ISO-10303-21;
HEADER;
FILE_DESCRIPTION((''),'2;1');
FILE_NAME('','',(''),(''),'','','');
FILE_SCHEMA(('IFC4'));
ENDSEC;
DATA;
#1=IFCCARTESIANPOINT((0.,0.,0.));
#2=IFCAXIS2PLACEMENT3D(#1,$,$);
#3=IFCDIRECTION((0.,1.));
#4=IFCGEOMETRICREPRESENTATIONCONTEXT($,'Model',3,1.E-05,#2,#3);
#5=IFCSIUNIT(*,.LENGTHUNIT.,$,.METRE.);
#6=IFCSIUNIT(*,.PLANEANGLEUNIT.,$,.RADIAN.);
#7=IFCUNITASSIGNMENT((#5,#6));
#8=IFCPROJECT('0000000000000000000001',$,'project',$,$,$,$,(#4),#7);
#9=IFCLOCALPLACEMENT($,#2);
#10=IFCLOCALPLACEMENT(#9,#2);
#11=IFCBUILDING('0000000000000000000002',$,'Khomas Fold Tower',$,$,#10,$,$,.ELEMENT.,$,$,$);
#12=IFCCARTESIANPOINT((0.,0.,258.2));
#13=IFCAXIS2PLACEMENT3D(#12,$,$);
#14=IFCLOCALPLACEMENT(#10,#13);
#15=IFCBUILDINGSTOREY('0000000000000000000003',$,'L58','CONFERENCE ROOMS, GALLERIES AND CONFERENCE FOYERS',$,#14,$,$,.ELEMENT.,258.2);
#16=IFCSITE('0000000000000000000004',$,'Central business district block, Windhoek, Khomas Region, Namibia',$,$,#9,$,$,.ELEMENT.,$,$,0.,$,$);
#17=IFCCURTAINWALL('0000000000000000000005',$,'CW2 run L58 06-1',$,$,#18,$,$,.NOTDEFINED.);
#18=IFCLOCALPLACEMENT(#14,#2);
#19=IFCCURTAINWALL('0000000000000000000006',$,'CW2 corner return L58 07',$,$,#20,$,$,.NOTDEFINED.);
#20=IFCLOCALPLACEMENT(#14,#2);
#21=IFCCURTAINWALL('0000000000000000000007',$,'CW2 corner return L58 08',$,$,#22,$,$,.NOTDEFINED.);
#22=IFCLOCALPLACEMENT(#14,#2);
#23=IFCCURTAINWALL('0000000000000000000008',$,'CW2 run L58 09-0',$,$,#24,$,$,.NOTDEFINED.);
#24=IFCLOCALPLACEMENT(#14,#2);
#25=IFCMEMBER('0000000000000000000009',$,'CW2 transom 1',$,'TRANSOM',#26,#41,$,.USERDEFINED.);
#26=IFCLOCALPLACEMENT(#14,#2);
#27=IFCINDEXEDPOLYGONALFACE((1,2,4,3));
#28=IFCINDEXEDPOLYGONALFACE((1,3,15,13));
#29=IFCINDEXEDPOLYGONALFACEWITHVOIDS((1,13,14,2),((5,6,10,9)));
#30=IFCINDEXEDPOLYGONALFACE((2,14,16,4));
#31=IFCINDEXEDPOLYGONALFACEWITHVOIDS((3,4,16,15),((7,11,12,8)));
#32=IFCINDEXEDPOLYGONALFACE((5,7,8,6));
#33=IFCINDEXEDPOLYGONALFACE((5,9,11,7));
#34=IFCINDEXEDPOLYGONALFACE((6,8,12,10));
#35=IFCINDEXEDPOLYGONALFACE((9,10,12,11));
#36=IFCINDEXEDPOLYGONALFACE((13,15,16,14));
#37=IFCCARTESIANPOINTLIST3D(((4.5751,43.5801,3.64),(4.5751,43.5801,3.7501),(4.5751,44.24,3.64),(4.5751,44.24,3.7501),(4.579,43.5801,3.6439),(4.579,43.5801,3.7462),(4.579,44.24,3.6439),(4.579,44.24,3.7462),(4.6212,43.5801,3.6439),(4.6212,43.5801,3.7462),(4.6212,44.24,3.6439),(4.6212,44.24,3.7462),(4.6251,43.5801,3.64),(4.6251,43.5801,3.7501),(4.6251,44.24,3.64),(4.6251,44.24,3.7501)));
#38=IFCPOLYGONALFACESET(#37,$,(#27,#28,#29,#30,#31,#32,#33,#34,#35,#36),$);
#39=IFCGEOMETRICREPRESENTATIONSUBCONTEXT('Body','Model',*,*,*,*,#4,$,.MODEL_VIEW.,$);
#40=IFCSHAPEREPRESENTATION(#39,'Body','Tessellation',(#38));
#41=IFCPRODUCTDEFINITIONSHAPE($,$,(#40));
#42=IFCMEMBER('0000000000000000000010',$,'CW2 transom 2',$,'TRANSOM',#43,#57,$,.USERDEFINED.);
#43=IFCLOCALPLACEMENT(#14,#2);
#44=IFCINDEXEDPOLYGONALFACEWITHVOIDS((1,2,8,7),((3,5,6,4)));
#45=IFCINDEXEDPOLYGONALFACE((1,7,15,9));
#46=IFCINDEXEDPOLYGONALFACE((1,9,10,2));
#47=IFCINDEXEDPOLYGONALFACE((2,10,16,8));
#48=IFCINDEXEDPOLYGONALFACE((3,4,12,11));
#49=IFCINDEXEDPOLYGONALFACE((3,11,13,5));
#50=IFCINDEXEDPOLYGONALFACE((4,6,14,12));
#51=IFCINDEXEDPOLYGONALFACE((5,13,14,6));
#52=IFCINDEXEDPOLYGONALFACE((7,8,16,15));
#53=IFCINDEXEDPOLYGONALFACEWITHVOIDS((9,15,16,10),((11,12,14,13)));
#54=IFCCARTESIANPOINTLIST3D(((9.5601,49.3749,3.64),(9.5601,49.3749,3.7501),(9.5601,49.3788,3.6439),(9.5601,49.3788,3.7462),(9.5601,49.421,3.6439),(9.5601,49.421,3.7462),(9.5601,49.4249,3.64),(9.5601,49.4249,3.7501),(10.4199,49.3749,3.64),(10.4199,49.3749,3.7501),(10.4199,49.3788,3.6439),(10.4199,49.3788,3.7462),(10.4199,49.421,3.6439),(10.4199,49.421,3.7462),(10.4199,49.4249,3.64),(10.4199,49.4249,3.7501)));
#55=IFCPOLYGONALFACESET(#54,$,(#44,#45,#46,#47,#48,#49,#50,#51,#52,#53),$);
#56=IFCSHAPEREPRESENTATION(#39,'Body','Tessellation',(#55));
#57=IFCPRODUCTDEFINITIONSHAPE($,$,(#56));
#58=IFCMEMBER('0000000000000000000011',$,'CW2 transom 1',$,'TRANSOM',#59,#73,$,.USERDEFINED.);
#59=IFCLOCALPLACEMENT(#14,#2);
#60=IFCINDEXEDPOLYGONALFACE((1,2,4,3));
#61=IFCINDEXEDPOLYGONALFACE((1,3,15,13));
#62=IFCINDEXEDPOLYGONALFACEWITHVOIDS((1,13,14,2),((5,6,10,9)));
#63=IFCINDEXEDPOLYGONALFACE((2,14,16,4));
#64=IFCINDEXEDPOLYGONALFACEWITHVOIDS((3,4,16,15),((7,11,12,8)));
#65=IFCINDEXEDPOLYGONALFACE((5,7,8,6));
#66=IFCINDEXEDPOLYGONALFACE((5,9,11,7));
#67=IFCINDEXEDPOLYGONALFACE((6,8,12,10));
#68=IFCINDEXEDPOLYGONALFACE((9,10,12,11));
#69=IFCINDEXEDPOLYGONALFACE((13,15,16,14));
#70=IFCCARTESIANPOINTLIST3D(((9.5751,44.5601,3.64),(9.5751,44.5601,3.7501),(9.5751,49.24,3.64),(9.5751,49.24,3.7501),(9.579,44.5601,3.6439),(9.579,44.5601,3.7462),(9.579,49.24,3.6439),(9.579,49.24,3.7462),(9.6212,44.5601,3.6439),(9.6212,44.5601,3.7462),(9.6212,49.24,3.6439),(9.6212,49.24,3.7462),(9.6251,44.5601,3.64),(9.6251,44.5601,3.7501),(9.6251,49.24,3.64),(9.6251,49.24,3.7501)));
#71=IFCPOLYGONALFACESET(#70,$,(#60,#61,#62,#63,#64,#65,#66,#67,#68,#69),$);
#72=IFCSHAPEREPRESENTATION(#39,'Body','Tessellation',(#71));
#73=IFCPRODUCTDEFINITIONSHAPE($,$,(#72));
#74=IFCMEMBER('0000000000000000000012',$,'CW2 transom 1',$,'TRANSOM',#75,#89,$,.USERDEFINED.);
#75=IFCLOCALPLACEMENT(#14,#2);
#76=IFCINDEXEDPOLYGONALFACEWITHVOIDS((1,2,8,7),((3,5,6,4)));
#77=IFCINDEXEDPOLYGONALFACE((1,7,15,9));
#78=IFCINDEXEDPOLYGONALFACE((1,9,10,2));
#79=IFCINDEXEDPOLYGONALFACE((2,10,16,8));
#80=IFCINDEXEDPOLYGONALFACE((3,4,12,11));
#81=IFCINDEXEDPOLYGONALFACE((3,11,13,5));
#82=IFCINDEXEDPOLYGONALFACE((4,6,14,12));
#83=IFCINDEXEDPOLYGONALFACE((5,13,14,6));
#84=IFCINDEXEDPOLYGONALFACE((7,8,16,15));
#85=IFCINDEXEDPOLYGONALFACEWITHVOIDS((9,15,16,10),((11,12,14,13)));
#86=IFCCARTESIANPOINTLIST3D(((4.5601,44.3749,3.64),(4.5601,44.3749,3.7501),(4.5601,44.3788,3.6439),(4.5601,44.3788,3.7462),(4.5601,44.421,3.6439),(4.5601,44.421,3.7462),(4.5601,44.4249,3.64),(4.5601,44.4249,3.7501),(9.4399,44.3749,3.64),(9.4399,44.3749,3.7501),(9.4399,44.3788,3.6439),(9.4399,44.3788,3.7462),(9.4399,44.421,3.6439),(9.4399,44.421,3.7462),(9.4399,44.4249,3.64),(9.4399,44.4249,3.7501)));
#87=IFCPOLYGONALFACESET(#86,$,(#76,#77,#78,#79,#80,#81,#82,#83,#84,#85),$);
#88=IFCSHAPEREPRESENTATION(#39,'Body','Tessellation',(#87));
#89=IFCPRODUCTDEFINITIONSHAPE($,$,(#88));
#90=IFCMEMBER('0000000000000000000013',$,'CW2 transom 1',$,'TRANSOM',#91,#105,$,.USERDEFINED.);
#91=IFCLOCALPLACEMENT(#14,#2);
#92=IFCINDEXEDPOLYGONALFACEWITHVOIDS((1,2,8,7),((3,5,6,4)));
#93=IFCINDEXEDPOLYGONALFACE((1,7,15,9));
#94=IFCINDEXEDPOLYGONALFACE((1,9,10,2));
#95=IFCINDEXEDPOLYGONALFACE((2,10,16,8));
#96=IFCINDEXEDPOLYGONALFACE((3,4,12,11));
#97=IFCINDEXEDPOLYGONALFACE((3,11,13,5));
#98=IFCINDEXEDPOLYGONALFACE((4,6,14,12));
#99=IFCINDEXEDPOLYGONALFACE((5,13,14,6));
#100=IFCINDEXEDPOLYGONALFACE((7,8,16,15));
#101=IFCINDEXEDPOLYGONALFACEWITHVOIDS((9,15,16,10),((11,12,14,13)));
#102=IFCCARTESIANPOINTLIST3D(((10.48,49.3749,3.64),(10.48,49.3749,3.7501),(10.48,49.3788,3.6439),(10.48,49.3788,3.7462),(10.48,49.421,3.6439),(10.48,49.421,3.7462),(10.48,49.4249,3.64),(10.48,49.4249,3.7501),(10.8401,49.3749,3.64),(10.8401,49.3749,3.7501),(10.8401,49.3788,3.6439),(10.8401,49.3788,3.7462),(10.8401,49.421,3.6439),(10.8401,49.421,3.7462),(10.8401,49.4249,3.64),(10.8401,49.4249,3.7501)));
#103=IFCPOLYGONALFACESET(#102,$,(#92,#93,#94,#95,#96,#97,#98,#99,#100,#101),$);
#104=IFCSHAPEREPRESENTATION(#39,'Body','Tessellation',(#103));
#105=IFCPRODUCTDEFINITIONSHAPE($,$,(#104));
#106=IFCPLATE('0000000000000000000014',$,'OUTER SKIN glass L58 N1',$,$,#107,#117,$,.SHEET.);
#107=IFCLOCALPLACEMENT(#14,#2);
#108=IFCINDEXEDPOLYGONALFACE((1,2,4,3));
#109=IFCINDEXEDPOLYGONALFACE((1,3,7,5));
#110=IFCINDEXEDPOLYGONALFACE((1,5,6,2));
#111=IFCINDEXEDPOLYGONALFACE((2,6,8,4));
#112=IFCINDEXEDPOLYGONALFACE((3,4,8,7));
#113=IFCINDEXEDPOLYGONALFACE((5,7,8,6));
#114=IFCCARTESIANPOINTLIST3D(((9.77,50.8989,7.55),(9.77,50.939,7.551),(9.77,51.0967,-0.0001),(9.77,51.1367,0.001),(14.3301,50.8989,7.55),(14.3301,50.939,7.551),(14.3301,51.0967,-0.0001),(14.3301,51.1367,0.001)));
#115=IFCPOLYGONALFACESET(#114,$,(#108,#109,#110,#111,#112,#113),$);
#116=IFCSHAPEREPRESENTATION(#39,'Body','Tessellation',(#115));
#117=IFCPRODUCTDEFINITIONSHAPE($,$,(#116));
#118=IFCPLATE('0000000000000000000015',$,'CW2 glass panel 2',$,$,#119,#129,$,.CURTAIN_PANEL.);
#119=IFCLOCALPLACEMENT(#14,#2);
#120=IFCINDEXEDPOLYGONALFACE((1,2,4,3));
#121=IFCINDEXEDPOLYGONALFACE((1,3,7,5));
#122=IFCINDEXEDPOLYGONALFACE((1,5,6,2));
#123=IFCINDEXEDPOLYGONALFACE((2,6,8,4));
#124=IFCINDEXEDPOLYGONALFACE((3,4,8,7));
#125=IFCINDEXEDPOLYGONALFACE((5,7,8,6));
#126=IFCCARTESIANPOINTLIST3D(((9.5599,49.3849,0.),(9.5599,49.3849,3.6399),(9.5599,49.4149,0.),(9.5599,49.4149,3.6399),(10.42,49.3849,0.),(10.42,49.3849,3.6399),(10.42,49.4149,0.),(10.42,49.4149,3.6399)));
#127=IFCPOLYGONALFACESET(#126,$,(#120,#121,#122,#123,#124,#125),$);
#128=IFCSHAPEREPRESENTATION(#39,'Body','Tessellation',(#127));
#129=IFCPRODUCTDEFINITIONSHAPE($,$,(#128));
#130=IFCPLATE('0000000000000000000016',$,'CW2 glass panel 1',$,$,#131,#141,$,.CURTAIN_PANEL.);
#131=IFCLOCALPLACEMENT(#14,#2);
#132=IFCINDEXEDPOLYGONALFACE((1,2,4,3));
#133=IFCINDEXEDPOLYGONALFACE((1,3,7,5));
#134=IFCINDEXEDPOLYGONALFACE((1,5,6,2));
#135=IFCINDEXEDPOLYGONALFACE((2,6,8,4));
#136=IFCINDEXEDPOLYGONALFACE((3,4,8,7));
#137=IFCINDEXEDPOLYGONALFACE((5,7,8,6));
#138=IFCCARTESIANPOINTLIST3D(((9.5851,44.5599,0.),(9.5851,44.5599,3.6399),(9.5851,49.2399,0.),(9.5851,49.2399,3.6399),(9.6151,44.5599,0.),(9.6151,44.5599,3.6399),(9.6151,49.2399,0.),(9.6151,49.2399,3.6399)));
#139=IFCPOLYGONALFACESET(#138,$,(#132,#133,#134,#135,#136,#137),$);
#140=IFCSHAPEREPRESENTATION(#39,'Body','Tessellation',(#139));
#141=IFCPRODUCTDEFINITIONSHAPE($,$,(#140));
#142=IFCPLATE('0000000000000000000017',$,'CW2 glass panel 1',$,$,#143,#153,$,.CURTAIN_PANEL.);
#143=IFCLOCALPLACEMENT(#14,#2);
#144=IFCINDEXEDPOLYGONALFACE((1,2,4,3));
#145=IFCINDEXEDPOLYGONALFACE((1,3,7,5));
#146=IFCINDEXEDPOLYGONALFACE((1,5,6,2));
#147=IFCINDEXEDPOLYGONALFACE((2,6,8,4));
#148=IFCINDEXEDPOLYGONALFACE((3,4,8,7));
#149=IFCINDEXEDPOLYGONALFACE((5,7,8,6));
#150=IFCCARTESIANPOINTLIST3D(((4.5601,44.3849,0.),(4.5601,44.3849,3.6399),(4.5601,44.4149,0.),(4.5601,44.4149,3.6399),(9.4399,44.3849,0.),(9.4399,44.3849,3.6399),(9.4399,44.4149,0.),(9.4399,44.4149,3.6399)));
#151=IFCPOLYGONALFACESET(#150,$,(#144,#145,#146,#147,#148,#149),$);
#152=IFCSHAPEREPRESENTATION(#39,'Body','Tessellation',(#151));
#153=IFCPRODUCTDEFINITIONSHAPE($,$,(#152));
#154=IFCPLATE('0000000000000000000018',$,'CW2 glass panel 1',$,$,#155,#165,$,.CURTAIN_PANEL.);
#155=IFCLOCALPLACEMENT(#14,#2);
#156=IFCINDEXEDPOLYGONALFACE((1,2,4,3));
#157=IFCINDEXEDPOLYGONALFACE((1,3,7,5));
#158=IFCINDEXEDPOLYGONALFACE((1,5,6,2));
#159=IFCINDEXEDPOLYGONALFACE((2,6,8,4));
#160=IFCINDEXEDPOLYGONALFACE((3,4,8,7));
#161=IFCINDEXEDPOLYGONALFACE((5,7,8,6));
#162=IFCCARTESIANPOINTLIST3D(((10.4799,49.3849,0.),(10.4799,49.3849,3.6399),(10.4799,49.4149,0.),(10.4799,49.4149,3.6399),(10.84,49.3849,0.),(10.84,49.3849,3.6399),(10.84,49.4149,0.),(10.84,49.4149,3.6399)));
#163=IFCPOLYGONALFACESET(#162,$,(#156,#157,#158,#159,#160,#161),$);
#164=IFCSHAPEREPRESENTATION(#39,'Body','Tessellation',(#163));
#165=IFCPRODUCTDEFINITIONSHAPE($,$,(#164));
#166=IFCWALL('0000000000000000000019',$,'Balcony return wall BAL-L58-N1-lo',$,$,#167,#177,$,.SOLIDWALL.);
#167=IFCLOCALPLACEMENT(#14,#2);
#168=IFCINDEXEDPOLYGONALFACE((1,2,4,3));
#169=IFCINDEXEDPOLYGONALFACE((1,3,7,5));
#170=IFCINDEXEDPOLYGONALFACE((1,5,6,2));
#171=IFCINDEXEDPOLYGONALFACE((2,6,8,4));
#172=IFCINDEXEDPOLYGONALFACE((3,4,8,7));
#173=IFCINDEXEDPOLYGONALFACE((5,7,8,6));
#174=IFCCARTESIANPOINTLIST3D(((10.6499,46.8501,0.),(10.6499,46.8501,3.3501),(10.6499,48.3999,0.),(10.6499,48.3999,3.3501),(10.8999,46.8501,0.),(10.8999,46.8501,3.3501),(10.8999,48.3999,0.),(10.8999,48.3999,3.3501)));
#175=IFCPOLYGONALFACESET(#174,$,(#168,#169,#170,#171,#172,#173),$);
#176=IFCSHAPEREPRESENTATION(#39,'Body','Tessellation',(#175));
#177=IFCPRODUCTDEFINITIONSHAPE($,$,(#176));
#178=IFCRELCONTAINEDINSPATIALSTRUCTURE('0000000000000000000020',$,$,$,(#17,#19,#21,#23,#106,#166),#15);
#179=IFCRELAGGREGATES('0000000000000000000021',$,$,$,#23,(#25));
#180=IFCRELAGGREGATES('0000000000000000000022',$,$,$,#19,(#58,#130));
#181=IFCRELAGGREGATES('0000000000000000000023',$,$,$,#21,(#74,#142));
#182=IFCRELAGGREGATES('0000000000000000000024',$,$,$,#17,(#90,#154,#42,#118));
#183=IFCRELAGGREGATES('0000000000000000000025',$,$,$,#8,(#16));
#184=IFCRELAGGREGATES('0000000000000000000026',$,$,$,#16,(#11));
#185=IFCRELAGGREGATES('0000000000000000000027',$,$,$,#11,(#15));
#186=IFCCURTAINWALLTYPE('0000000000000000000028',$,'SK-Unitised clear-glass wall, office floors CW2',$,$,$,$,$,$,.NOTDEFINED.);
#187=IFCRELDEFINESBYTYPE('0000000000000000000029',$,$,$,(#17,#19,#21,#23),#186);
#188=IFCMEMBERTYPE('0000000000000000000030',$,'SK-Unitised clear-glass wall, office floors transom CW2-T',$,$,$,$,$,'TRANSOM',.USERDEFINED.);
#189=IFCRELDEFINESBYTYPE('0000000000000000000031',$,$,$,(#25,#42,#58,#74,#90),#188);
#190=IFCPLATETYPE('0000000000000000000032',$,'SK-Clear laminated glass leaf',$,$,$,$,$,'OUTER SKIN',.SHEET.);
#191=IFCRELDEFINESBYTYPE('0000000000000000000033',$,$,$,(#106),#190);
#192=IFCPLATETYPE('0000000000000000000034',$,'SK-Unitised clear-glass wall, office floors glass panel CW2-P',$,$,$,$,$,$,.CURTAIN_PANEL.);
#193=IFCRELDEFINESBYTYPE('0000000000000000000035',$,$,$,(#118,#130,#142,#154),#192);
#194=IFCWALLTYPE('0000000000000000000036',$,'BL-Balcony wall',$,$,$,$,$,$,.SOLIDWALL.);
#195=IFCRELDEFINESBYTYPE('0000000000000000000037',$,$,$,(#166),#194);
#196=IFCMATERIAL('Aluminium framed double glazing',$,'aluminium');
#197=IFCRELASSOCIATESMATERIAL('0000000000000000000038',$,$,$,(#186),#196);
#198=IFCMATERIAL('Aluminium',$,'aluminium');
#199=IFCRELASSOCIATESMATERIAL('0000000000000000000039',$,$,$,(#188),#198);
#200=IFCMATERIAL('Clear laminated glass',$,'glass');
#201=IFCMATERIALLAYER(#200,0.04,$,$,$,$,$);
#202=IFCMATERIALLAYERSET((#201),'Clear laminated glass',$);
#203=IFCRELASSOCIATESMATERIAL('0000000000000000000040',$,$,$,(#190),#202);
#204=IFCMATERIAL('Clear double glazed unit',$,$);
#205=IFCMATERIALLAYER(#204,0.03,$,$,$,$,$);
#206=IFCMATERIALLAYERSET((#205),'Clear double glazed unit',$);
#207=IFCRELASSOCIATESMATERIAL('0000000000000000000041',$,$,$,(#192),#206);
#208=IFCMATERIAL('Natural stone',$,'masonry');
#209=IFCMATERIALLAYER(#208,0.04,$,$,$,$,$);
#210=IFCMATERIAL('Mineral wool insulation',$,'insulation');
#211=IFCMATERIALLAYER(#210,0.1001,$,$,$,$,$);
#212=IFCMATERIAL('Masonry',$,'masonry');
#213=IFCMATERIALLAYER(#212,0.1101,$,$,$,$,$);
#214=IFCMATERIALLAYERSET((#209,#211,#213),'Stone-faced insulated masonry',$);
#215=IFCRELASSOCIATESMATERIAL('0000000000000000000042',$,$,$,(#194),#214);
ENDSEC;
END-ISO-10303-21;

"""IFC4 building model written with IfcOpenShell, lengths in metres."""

from ifc_helpers import new_model, si_unit, direction, frame, frame_2d, origin, origin_2d, place, context, subcontext, project, spatial, polyline, rectangle, hollow_rectangle, outline, extrude, source, transform, mapped, material, layer, layer_set, material_profile, profile_set, type_object, element, aggregate, save


model = new_model("IFC4")

# Units and contexts
model_context = context("Model", 3, precision=1e-05, world=origin(), true_north=direction((0.0, 1.0)))
body_context = subcontext(model_context, "Body", "Model", "MODEL_VIEW")
ifc_project = project(units=[si_unit("LENGTHUNIT", "METRE"), si_unit("PLANEANGLEUNIT", "RADIAN")], contexts=[model_context])

# Site, building, storey
site_placement = place(None, origin())
site = spatial("IfcSite", under=ifc_project, at=site_placement, Name="Central business district block, Windhoek, Khomas Region, Namibia", CompositionType="ELEMENT", RefElevation=0.0)
building_placement = place(site_placement, origin())
building = spatial("IfcBuilding", under=site, at=building_placement, Name="Khomas Fold Tower", CompositionType="ELEMENT")
storey_placement = place(building_placement, frame((0.0, 0.0, 258.2)))
storey = spatial("IfcBuildingStorey", under=building, at=storey_placement, Name="L58", Description="CONFERENCE ROOMS, GALLERIES AND CONFERENCE FOYERS", CompositionType="ELEMENT", Elevation=258.2)

# Curtain walls
ifc_material_1 = material(Name="Aluminium framed double glazing", Category="aluminium")
curtain_wall_type = type_object("IfcCurtainWallType", Name="SK-Unitised clear-glass wall, office floors CW2", PredefinedType="NOTDEFINED", material=ifc_material_1)
curtain_wall_1_placement = place(storey_placement, origin())
curtain_wall_1 = element("IfcCurtainWall", 1, at=curtain_wall_1_placement, inside=storey, type_object=curtain_wall_type, Name="CW2 run L58 06-1", PredefinedType="NOTDEFINED")
curtain_wall_2_placement = place(storey_placement, origin())
curtain_wall_2 = element("IfcCurtainWall", 2, at=curtain_wall_2_placement, inside=storey, type_object=curtain_wall_type, Name="CW2 corner return L58 07", PredefinedType="NOTDEFINED")
curtain_wall_3_placement = place(storey_placement, origin())
curtain_wall_3 = element("IfcCurtainWall", 3, at=curtain_wall_3_placement, inside=storey, type_object=curtain_wall_type, Name="CW2 corner return L58 08", PredefinedType="NOTDEFINED")

# Curtain wall, member
curtain_wall_4_placement = place(storey_placement, origin())
curtain_wall_4 = element("IfcCurtainWall", 4, at=curtain_wall_4_placement, inside=storey, type_object=curtain_wall_type, Name="CW2 run L58 09-0", PredefinedType="NOTDEFINED")
ifc_material_2 = material(Name="Aluminium", Category="aluminium")
ifc_material_profile_1 = material_profile(ifc_material_2, hollow_rectangle(XDim=0.05, YDim=0.1101, WallThickness=0.0039, at=origin_2d()), Name="SK-Unitised clear-glass wall, office floors transom CW2-T")
ifc_profile_set_1 = profile_set([ifc_material_profile_1], Name="Aluminium")
member_type_1 = type_object("IfcMemberType", Name="SK-Unitised clear-glass wall, office floors transom CW2-T", ElementType="TRANSOM", PredefinedType="USERDEFINED", material=ifc_profile_set_1)
shared_shape_1 = source(origin(), body_context, "Body", "SweptSolid", [
    extrude(hollow_rectangle(XDim=0.05, YDim=0.1101, WallThickness=0.0039, at=origin_2d()), origin(), (0.0, 0.0, 1.0), 0.6599),
])
member_1_placement = place(storey_placement, frame((4.6001, 44.24, 3.6951), z_axis=(0.0, -1.0, 0.0), x_axis=(1.0, 0.0, 0.0)))
member_1 = element("IfcMember", 5, at=member_1_placement, type_object=member_type_1, Name="CW2 transom 1", ObjectType="TRANSOM", PredefinedType="USERDEFINED", context=body_context, shape_type="MappedRepresentation", body=[
    mapped(shared_shape_1, transform((0.0, 0.0, 0.0))),
])
aggregate(curtain_wall_4, [member_1])

# Members
shared_shape_2 = source(origin(), body_context, "Body", "SweptSolid", [
    extrude(hollow_rectangle(XDim=0.05, YDim=0.1101, WallThickness=0.0039, at=origin_2d()), origin(), (0.0, 0.0, 1.0), 0.8599),
])
member_2_placement = place(storey_placement, frame((10.4199, 49.3999, 3.6951), z_axis=(-1.0, 0.0, 0.0), x_axis=(0.0, -1.0, 0.0)))
member_2 = element("IfcMember", 6, at=member_2_placement, type_object=member_type_1, Name="CW2 transom 2", ObjectType="TRANSOM", PredefinedType="USERDEFINED", context=body_context, shape_type="MappedRepresentation", body=[
    mapped(shared_shape_2, transform((0.0, 0.0, 0.0))),
])
shared_shape_3 = source(origin(), body_context, "Body", "SweptSolid", [
    extrude(hollow_rectangle(XDim=0.05, YDim=0.1101, WallThickness=0.0039, at=origin_2d()), origin(), (0.0, 0.0, 1.0), 4.6799),
])
member_3_placement = place(storey_placement, frame((9.6001, 49.24, 3.6951), z_axis=(0.0, -1.0, 0.0), x_axis=(1.0, 0.0, 0.0)))
member_3 = element("IfcMember", 7, at=member_3_placement, type_object=member_type_1, Name="CW2 transom 1", ObjectType="TRANSOM", PredefinedType="USERDEFINED", context=body_context, shape_type="MappedRepresentation", body=[
    mapped(shared_shape_3, transform((0.0, 0.0, 0.0))),
])
shared_shape_4 = source(origin(), body_context, "Body", "SweptSolid", [
    extrude(hollow_rectangle(XDim=0.05, YDim=0.1101, WallThickness=0.0039, at=origin_2d()), origin(), (0.0, 0.0, 1.0), 4.8799),
])
member_4_placement = place(storey_placement, frame((9.4399, 44.3999, 3.6951), z_axis=(-1.0, 0.0, 0.0), x_axis=(0.0, -1.0, 0.0)))
member_4 = element("IfcMember", 8, at=member_4_placement, type_object=member_type_1, Name="CW2 transom 1", ObjectType="TRANSOM", PredefinedType="USERDEFINED", context=body_context, shape_type="MappedRepresentation", body=[
    mapped(shared_shape_4, transform((0.0, 0.0, 0.0))),
])
shared_shape_5 = source(origin(), body_context, "Body", "SweptSolid", [
    extrude(hollow_rectangle(XDim=0.05, YDim=0.1101, WallThickness=0.0039, at=origin_2d()), origin(), (0.0, 0.0, 1.0), 0.3601),
])
member_5_placement = place(storey_placement, frame((10.8401, 49.3999, 3.6951), z_axis=(-1.0, 0.0, 0.0), x_axis=(0.0, -1.0, 0.0)))
member_5 = element("IfcMember", 9, at=member_5_placement, type_object=member_type_1, Name="CW2 transom 1", ObjectType="TRANSOM", PredefinedType="USERDEFINED", context=body_context, shape_type="MappedRepresentation", body=[
    mapped(shared_shape_5, transform((0.0, 0.0, 0.0))),
])

# Plates
ifc_material_3 = material(Name="Clear laminated glass", Category="glass")
ifc_layer_1 = layer(ifc_material_3, 0.04)
ifc_layer_set_1 = layer_set([ifc_layer_1], Name="Clear laminated glass")
plate_type_1 = type_object("IfcPlateType", Name="SK-Clear laminated glass leaf", ElementType="OUTER SKIN", PredefinedType="SHEET", material=ifc_layer_set_1)
plate_1_placement = place(storey_placement, frame((9.77, 51.1367, 0.001), z_axis=(0.0, 0.999657, 0.026183), x_axis=(1.0, 0.0, 0.0)))
element("IfcPlate", 10, at=plate_1_placement, inside=storey, type_object=plate_type_1, Name="OUTER SKIN glass L58 N1", PredefinedType="SHEET", context=body_context, shape_type="SweptSolid", body=[
    extrude(outline(polyline([(0.0, 0.0), (4.5601, 0.0), (4.5601, -7.5526), (0.0, -7.5526), (0.0, 0.0)])), origin(), (0.0, 0.0, -1.0), 0.04),
])
ifc_material_4 = material(Name="Clear double glazed unit")
ifc_layer_2 = layer(ifc_material_4, 0.03)
ifc_layer_set_2 = layer_set([ifc_layer_2], Name="Clear double glazed unit")
plate_type_2 = type_object("IfcPlateType", Name="SK-Unitised clear-glass wall, office floors glass panel CW2-P", PredefinedType="CURTAIN_PANEL", material=ifc_layer_set_2)
shared_shape_6 = source(origin(), body_context, "Body", "SweptSolid", [
    extrude(rectangle(XDim=0.8601, YDim=0.03, at=origin_2d()), origin(), (0.0, 0.0, 1.0), 3.6399),
])
plate_2_placement = place(storey_placement, frame((9.99, 49.3999, 0.0), z_axis=(0.0, 0.0, 1.0), x_axis=(-1.0, 0.0, 0.0)))
plate_2 = element("IfcPlate", 11, at=plate_2_placement, type_object=plate_type_2, Name="CW2 glass panel 2", PredefinedType="CURTAIN_PANEL", context=body_context, shape_type="MappedRepresentation", body=[
    mapped(shared_shape_6, transform((0.0, 0.0, 0.0))),
])
shared_shape_7 = source(origin(), body_context, "Body", "SweptSolid", [
    extrude(rectangle(XDim=4.6799, YDim=0.03, at=origin_2d()), origin(), (0.0, 0.0, 1.0), 3.6399),
])
plate_3_placement = place(storey_placement, frame((9.6001, 46.8999, 0.0), z_axis=(0.0, 0.0, 1.0), x_axis=(0.0, -1.0, 0.0)))
plate_3 = element("IfcPlate", 12, at=plate_3_placement, type_object=plate_type_2, Name="CW2 glass panel 1", PredefinedType="CURTAIN_PANEL", context=body_context, shape_type="MappedRepresentation", body=[
    mapped(shared_shape_7, transform((0.0, 0.0, 0.0))),
])
aggregate(curtain_wall_2, [member_3, plate_3])
shared_shape_8 = source(origin(), body_context, "Body", "SweptSolid", [
    extrude(rectangle(XDim=4.8799, YDim=0.03, at=origin_2d()), origin(), (0.0, 0.0, 1.0), 3.6399),
])
plate_4_placement = place(storey_placement, frame((7.0, 44.3999, 0.0), z_axis=(0.0, 0.0, 1.0), x_axis=(-1.0, 0.0, 0.0)))
plate_4 = element("IfcPlate", 13, at=plate_4_placement, type_object=plate_type_2, Name="CW2 glass panel 1", PredefinedType="CURTAIN_PANEL", context=body_context, shape_type="MappedRepresentation", body=[
    mapped(shared_shape_8, transform((0.0, 0.0, 0.0))),
])
aggregate(curtain_wall_3, [member_4, plate_4])
shared_shape_9 = source(origin(), body_context, "Body", "SweptSolid", [
    extrude(rectangle(XDim=0.3601, YDim=0.03, at=origin_2d()), origin(), (0.0, 0.0, 1.0), 3.6399),
])
plate_5_placement = place(storey_placement, frame((10.6599, 49.3999, 0.0), z_axis=(0.0, 0.0, 1.0), x_axis=(-1.0, 0.0, 0.0)))
plate_5 = element("IfcPlate", 14, at=plate_5_placement, type_object=plate_type_2, Name="CW2 glass panel 1", PredefinedType="CURTAIN_PANEL", context=body_context, shape_type="MappedRepresentation", body=[
    mapped(shared_shape_9, transform((0.0, 0.0, 0.0))),
])
aggregate(curtain_wall_1, [member_5, plate_5, member_2, plate_2])

# Wall
ifc_material_5 = material(Name="Natural stone", Category="masonry")
ifc_layer_3 = layer(ifc_material_5, 0.04)
ifc_material_6 = material(Name="Mineral wool insulation", Category="insulation")
ifc_layer_4 = layer(ifc_material_6, 0.1001)
ifc_material_7 = material(Name="Masonry", Category="masonry")
ifc_layer_5 = layer(ifc_material_7, 0.1101)
ifc_layer_set_3 = layer_set([ifc_layer_3, ifc_layer_4, ifc_layer_5], Name="Stone-faced insulated masonry")
wall_type = type_object("IfcWallType", Name="BL-Balcony wall", PredefinedType="SOLIDWALL", material=ifc_layer_set_3)
shared_shape_10 = source(origin(), body_context, "Body", "SweptSolid", [
    extrude(rectangle(XDim=1.5498, YDim=0.25, at=frame_2d((0.7749, 0.0))), origin(), (0.0, 0.0, 1.0), 3.3501),
])
wall_placement = place(storey_placement, frame((10.7749, 48.3999, 0.0), z_axis=(0.0, 0.0, 1.0), x_axis=(0.0, -1.0, 0.0)))
element("IfcWall", 15, at=wall_placement, inside=storey, type_object=wall_type, Name="Balcony return wall BAL-L58-N1-lo", PredefinedType="SOLIDWALL", context=body_context, shape_type="MappedRepresentation", body=[
    mapped(shared_shape_10, transform((0.0, 0.0, 0.0))),
])

save(model, "model.ifc")
